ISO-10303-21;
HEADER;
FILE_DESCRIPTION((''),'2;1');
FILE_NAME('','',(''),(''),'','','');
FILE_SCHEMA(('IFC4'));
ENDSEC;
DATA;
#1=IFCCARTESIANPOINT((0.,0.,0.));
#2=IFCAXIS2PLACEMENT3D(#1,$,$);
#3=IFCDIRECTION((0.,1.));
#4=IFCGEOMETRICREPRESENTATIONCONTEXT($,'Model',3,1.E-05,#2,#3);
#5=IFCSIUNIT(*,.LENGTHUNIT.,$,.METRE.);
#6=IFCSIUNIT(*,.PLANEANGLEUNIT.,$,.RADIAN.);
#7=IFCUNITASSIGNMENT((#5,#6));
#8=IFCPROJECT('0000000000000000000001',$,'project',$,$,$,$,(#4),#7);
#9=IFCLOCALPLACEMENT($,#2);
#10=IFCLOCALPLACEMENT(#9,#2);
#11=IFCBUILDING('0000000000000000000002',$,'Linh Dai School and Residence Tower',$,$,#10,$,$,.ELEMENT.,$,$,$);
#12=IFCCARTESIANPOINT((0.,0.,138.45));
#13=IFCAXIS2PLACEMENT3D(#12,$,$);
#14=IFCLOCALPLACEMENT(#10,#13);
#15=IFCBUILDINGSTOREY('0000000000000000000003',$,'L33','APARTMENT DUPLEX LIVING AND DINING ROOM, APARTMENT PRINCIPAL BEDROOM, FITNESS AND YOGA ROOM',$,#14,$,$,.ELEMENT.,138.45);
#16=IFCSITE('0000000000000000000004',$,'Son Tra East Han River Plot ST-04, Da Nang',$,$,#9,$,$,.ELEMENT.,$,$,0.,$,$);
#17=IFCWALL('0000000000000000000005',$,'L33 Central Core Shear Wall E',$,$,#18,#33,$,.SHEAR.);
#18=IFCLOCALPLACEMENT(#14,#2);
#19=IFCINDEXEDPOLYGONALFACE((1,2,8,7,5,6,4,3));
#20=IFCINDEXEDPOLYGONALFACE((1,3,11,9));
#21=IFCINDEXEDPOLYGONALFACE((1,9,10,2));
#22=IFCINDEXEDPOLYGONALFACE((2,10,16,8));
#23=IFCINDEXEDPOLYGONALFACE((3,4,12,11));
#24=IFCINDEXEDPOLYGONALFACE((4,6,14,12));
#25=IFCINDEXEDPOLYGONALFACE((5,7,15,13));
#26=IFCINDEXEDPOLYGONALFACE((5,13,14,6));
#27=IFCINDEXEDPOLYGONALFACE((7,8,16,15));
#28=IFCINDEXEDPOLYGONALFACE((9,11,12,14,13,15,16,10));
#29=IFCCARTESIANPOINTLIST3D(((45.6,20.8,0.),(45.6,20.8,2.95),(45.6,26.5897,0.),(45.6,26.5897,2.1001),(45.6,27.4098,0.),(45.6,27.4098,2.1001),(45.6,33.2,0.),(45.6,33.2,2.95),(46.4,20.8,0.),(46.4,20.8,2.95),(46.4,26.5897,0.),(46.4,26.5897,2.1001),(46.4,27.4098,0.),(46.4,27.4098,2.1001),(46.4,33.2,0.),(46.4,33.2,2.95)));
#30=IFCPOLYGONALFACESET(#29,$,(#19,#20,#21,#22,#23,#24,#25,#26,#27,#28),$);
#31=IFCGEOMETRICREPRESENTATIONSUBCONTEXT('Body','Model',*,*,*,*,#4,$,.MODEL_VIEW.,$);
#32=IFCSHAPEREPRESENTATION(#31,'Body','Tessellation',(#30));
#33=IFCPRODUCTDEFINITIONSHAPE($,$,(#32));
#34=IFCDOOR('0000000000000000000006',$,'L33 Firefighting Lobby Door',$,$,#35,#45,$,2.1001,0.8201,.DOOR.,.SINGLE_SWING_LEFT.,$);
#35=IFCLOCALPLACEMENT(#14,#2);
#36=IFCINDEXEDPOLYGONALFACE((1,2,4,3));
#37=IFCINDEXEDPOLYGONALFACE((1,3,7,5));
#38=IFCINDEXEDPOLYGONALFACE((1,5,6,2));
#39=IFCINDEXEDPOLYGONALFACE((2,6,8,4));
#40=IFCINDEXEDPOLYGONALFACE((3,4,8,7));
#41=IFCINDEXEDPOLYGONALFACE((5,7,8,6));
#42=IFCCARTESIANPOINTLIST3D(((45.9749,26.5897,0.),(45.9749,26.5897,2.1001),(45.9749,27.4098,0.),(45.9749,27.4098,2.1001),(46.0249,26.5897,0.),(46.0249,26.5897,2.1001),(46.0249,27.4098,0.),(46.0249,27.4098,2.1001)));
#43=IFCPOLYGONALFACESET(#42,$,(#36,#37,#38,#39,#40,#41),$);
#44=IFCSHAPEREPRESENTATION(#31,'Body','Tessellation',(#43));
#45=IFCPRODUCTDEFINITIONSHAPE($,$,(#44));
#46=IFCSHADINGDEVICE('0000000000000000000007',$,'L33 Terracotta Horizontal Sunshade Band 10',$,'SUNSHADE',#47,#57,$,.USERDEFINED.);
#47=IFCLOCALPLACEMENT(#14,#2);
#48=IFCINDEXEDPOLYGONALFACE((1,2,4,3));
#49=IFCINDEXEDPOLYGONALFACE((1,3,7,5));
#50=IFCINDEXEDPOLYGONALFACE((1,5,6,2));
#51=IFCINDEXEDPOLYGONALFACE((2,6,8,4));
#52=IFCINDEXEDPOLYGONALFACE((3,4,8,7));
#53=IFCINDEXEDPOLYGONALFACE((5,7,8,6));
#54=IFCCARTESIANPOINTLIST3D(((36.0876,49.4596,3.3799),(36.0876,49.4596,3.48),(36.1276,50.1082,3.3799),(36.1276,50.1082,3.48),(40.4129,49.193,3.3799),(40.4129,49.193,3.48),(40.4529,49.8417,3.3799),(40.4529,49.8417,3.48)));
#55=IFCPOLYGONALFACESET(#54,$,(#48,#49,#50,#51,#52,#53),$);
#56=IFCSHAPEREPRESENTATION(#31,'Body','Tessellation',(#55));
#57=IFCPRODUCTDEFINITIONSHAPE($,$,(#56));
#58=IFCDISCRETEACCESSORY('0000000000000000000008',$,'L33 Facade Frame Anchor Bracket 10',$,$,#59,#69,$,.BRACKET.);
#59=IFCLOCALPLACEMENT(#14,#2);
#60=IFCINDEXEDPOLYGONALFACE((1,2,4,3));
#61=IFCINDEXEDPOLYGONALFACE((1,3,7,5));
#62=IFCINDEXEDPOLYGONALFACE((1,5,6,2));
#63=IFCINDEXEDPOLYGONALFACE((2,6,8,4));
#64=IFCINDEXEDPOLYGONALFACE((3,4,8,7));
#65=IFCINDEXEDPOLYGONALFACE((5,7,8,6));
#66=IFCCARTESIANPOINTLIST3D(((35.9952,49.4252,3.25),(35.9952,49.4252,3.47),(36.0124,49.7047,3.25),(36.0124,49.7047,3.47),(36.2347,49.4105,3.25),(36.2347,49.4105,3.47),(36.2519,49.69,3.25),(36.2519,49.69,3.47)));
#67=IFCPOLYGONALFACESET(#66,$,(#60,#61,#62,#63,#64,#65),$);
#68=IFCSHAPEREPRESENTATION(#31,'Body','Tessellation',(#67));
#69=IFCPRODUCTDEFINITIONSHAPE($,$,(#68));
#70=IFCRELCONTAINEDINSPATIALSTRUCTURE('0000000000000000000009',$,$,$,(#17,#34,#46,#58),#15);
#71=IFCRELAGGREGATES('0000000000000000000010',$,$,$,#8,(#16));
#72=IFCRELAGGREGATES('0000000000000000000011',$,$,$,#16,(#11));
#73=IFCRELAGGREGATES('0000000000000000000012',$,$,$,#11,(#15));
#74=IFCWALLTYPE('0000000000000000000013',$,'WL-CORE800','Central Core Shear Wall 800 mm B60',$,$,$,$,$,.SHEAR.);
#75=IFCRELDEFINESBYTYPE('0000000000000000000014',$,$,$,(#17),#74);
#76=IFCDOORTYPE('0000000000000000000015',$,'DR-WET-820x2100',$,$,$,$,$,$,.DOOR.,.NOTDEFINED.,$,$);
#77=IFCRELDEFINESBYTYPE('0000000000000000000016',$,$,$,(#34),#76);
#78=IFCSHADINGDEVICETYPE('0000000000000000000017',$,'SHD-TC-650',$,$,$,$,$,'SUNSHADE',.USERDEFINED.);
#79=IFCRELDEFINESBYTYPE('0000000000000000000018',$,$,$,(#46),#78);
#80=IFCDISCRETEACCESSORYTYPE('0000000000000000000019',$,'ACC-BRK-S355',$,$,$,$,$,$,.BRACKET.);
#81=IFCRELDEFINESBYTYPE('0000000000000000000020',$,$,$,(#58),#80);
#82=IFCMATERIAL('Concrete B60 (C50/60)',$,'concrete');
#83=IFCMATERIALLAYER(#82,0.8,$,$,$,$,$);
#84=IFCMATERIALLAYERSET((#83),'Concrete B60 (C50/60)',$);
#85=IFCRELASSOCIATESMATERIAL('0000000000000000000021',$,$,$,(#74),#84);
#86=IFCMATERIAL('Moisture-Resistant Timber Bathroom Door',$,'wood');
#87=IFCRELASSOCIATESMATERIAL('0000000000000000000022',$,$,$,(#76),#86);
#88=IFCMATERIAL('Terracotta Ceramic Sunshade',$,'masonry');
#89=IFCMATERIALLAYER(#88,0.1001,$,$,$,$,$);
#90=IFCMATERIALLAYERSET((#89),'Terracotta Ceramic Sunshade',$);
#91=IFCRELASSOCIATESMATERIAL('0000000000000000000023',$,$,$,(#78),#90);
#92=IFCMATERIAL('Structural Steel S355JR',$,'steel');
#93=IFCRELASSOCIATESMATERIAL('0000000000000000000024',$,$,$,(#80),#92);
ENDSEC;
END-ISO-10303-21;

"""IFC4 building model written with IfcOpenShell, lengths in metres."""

from ifc_helpers import new_model, si_unit, direction, frame, frame_2d, origin, origin_2d, place, context, subcontext, project, spatial, rectangle, extrude, source, transform, mapped, material, layer, layer_set, type_object, element, fill, save


model = new_model("IFC4")

# Units and contexts
model_context = context("Model", 3, precision=1e-05, world=origin(), true_north=direction((0.0, 1.0)))
body_context = subcontext(model_context, "Body", "Model", "MODEL_VIEW")
ifc_project = project(units=[si_unit("LENGTHUNIT", "METRE"), si_unit("PLANEANGLEUNIT", "RADIAN")], contexts=[model_context])

# Site, building, storey
site_placement = place(None, origin())
site = spatial("IfcSite", under=ifc_project, at=site_placement, Name="Son Tra East Han River Plot ST-04, Da Nang", CompositionType="ELEMENT", RefElevation=0.0)
building_placement = place(site_placement, origin())
building = spatial("IfcBuilding", under=site, at=building_placement, Name="Linh Dai School and Residence Tower", CompositionType="ELEMENT")
storey_placement = place(building_placement, frame((0.0, 0.0, 138.45)))
storey = spatial("IfcBuildingStorey", under=building, at=storey_placement, Name="L33", Description="APARTMENT DUPLEX LIVING AND DINING ROOM, APARTMENT PRINCIPAL BEDROOM, FITNESS AND YOGA ROOM", CompositionType="ELEMENT", Elevation=138.45)

# Shared definitions
ifc_material_1 = material(Name="Concrete B60 (C50/60)", Category="concrete")

# Shared definitions
ifc_material_2 = material(Name="Structural Steel S355JR", Category="steel")

# Wall, opening, door
ifc_layer_1 = layer(ifc_material_1, 0.8)
ifc_layer_set_1 = layer_set([ifc_layer_1], Name="Concrete B60 (C50/60)")
wall_type_1 = type_object("IfcWallType", Name="WL-CORE800", Description="Central Core Shear Wall 800 mm B60", PredefinedType="SHEAR", material=ifc_layer_set_1)
wall_1_placement = place(storey_placement, frame((46.0, 33.2, 0.0), z_axis=(0.0, 0.0, 1.0), x_axis=(0.0, -1.0, 0.0)))
wall_1 = element("IfcWall", 1, at=wall_1_placement, inside=storey, type_object=wall_type_1, Name="L33 Central Core Shear Wall E", PredefinedType="SHEAR", context=body_context, shape_type="SweptSolid", body=[
    extrude(rectangle(XDim=12.3999, YDim=0.8, at=frame_2d((6.2, 0.0))), origin(), (0.0, 0.0, 1.0), 2.95),
])
opening_1_placement = place(wall_1_placement, frame((5.79, 0.0, 0.0)))
opening_1 = element("IfcOpeningElement", 2, at=opening_1_placement, cuts=wall_1, PredefinedType="OPENING", context=body_context, shape_type="SweptSolid", body=[
    extrude(rectangle(XDim=0.8201, YDim=2.1001, at=origin_2d()), frame((0.4102, 0.4102, 1.05), z_axis=(0.0, -1.0, 0.0), x_axis=(1.0, 0.0, 0.0)), (0.0, 0.0, 1.0), 0.8201),
])
ifc_material_3 = material(Name="Moisture-Resistant Timber Bathroom Door", Category="wood")
door_type_1 = type_object("IfcDoorType", Name="DR-WET-820x2100", OperationType="NOTDEFINED", PredefinedType="DOOR", material=ifc_material_3)
shared_shape_1 = source(origin(), body_context, "Body", "SweptSolid", [
    extrude(rectangle(XDim=0.8201, YDim=2.1001, at=origin_2d()), frame((0.4102, 0.0249, 1.05), z_axis=(0.0, -1.0, 0.0), x_axis=(1.0, 0.0, 0.0)), (0.0, 0.0, 1.0), 0.05),
])
door_1_placement = place(opening_1_placement, origin())
door_1 = element("IfcDoor", 3, at=door_1_placement, inside=storey, type_object=door_type_1, Name="L33 Firefighting Lobby Door", OperationType="SINGLE_SWING_LEFT", OverallHeight=2.1001, OverallWidth=0.8201, PredefinedType="DOOR", context=body_context, shape_type="MappedRepresentation", body=[
    mapped(shared_shape_1, transform((0.0, 0.0, 0.0), x_axis=(1.0, 0.0, 0.0), y_axis=(0.0, 1.0, 0.0), z_axis=(0.0, 0.0, 1.0), scale=1.0)),
])
fill(opening_1, door_1)

# Shading device
ifc_material_4 = material(Name="Terracotta Ceramic Sunshade", Category="masonry")
ifc_layer_2 = layer(ifc_material_4, 0.1001)
ifc_layer_set_2 = layer_set([ifc_layer_2], Name="Terracotta Ceramic Sunshade")
shading_device_type = type_object("IfcShadingDeviceType", Name="SHD-TC-650", ElementType="SUNSHADE", PredefinedType="USERDEFINED", material=ifc_layer_set_2)
shared_shape_2 = source(origin(), body_context, "Body", "SweptSolid", [
    extrude(rectangle(XDim=4.3335, YDim=0.6499, at=origin_2d()), origin(), (0.0, 0.0, 1.0), 0.1001),
])
shading_device_placement = place(storey_placement, frame((38.2703, 49.6506, 3.3799), z_axis=(0.0, 0.0, 1.0), x_axis=(0.998107, -0.061509, 0.0)))
element("IfcShadingDevice", 4, at=shading_device_placement, inside=storey, type_object=shading_device_type, Name="L33 Terracotta Horizontal Sunshade Band 10", ObjectType="SUNSHADE", PredefinedType="USERDEFINED", context=body_context, shape_type="MappedRepresentation", body=[
    mapped(shared_shape_2, transform((0.0, 0.0, 0.0), x_axis=(1.0, 0.0, 0.0), y_axis=(0.0, 1.0, 0.0), z_axis=(0.0, 0.0, 1.0), scale=1.0)),
])

# Discrete accessory
discrete_accessory_type = type_object("IfcDiscreteAccessoryType", Name="ACC-BRK-S355", PredefinedType="BRACKET", material=ifc_material_2)
shared_shape_3 = source(origin(), body_context, "Body", "SweptSolid", [
    extrude(rectangle(XDim=0.28, YDim=0.24, at=origin_2d()), origin(), (0.0, 0.0, 1.0), 0.22),
])
discrete_accessory_placement = place(storey_placement, frame((36.1235, 49.5576, 3.25), z_axis=(0.0, 0.0, 1.0), x_axis=(0.061509, 0.998107, 0.0)))
element("IfcDiscreteAccessory", 5, at=discrete_accessory_placement, inside=storey, type_object=discrete_accessory_type, Name="L33 Facade Frame Anchor Bracket 10", PredefinedType="BRACKET", context=body_context, shape_type="MappedRepresentation", body=[
    mapped(shared_shape_3, transform((0.0, 0.0, 0.0), x_axis=(1.0, 0.0, 0.0), y_axis=(0.0, 1.0, 0.0), z_axis=(0.0, 0.0, 1.0), scale=1.0)),
])

save(model, "model.ifc")
